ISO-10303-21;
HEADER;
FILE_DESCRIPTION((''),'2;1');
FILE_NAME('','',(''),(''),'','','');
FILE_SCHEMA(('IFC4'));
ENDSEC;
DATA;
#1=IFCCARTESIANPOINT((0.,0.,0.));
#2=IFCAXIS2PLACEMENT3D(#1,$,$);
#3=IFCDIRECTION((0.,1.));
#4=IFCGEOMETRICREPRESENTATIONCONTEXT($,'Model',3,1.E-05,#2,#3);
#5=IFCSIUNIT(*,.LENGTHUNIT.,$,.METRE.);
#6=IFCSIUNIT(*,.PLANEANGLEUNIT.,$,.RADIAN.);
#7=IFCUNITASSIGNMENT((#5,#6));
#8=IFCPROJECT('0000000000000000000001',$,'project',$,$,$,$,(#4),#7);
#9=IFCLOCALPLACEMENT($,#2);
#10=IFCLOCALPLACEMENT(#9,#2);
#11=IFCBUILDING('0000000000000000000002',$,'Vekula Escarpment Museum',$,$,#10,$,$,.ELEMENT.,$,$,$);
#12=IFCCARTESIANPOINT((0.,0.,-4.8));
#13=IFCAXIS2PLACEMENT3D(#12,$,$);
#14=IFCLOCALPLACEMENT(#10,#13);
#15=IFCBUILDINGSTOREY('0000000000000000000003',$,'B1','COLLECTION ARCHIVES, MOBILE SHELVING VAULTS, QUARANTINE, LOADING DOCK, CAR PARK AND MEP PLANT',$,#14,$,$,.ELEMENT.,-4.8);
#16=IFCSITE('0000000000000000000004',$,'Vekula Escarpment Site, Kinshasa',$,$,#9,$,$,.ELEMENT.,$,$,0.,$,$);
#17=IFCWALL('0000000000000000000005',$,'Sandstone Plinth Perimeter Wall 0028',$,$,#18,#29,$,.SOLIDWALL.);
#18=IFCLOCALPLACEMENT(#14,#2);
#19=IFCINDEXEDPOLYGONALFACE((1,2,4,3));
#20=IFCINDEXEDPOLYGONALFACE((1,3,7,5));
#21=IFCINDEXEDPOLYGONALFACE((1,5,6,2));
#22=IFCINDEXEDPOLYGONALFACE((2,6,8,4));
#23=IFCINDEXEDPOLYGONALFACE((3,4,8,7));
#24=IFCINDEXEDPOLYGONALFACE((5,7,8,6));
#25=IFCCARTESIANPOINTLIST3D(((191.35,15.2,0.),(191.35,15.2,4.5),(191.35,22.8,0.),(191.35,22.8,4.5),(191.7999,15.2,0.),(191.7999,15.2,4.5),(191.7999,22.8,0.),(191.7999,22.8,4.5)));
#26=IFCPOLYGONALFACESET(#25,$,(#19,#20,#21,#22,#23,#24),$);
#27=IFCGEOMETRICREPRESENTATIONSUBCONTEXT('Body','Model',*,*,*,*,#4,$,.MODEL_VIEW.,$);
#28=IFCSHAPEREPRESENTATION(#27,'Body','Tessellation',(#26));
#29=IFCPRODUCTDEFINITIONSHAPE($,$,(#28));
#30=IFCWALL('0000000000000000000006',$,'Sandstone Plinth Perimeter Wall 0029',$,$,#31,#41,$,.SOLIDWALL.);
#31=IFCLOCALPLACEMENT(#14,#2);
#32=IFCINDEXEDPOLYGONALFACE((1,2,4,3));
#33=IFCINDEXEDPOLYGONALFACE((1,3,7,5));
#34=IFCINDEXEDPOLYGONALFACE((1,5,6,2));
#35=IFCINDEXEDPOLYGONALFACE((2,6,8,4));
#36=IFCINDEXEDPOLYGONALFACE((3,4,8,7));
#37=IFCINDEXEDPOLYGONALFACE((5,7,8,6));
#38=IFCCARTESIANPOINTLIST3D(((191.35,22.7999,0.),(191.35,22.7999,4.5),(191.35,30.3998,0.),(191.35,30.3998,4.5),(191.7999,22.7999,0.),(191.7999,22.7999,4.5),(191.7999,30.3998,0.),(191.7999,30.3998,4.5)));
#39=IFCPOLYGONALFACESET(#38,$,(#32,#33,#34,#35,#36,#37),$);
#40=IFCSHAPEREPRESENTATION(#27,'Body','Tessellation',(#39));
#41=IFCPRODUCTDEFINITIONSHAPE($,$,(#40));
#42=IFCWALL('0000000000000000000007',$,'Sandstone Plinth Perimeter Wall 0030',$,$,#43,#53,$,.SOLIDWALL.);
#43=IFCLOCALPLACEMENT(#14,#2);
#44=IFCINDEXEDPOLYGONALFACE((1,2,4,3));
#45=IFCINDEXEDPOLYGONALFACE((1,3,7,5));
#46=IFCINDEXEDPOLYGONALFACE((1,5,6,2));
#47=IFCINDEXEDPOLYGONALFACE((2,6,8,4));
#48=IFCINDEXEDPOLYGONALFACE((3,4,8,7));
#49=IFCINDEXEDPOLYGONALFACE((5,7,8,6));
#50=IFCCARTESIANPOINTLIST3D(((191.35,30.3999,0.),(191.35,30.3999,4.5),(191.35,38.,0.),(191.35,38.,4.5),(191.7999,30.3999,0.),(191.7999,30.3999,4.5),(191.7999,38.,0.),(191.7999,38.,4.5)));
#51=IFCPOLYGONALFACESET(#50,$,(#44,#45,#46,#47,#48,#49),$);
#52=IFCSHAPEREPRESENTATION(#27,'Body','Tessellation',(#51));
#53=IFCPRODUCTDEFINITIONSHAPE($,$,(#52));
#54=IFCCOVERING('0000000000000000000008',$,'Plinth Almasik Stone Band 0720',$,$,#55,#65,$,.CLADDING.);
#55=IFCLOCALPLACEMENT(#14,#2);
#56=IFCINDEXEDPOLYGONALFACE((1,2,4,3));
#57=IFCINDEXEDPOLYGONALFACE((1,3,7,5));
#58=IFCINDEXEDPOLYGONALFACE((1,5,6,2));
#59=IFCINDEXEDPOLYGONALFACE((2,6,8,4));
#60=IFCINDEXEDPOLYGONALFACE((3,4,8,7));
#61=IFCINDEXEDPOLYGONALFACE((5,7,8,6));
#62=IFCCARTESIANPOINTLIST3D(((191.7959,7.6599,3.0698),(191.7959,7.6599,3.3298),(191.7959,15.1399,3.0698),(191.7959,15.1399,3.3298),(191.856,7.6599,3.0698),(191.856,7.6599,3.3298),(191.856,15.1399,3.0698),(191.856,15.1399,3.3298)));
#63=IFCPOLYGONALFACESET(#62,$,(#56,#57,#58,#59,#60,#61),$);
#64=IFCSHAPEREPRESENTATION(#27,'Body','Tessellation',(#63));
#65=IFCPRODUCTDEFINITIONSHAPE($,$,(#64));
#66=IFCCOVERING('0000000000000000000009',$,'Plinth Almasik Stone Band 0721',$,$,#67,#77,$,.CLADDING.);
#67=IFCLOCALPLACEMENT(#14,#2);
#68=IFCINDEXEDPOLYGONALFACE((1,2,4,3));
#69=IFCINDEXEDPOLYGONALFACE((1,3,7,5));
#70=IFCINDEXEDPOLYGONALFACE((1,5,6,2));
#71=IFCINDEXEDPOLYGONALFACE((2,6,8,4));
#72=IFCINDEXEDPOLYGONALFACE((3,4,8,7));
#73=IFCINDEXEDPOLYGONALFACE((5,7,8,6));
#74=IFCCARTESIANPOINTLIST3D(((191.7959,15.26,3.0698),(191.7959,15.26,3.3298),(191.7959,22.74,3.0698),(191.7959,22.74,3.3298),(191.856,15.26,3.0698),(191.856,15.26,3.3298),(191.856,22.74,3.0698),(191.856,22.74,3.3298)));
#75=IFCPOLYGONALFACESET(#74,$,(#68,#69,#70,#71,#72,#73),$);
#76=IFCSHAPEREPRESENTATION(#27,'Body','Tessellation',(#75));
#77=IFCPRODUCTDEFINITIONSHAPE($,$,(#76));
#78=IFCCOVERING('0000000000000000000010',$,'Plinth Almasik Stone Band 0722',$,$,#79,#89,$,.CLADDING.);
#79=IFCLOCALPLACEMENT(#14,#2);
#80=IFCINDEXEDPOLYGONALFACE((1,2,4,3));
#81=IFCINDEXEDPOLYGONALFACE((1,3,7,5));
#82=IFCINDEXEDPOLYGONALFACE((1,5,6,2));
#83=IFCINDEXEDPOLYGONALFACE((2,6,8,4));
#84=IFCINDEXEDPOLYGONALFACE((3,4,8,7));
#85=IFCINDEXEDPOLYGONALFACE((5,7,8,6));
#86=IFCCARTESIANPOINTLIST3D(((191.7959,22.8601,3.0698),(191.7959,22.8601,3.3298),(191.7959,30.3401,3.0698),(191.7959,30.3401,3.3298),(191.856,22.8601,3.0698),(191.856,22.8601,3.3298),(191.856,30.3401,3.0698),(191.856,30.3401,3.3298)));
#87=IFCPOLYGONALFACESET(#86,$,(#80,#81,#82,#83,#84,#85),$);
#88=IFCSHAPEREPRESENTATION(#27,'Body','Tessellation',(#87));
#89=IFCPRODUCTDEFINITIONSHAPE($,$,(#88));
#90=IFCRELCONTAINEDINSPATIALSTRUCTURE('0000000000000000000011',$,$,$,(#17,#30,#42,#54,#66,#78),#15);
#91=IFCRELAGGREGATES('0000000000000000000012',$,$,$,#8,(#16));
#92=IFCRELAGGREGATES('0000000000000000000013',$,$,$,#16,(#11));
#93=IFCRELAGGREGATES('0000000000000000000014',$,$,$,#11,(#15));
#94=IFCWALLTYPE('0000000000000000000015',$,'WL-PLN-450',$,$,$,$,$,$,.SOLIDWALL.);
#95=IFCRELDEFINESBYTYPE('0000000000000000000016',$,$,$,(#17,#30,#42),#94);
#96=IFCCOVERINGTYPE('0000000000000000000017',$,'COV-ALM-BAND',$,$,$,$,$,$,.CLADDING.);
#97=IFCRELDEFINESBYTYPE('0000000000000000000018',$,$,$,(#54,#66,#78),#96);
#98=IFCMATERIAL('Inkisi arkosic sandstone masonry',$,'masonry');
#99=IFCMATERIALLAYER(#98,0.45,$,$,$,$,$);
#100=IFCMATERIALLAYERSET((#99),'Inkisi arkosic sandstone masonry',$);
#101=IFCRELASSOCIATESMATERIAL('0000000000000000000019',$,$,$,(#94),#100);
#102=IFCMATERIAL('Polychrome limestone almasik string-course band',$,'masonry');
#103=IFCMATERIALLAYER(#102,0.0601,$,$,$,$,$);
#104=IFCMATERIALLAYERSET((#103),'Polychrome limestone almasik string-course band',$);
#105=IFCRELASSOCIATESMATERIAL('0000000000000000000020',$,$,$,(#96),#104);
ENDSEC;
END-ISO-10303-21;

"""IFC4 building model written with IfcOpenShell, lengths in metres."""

from ifc_helpers import new_model, si_unit, direction, frame, frame_2d, origin, origin_2d, place, context, subcontext, project, spatial, rectangle, extrude, material, layer, layer_set, type_object, element, save


model = new_model("IFC4")

# Units and contexts
model_context = context("Model", 3, precision=1e-05, world=origin(), true_north=direction((0.0, 1.0)))
body_context = subcontext(model_context, "Body", "Model", "MODEL_VIEW")
ifc_project = project(units=[si_unit("LENGTHUNIT", "METRE"), si_unit("PLANEANGLEUNIT", "RADIAN")], contexts=[model_context])

# Site, building, storey
site_placement = place(None, origin())
site = spatial("IfcSite", under=ifc_project, at=site_placement, Name="Vekula Escarpment Site, Kinshasa", CompositionType="ELEMENT", RefElevation=0.0)
building_placement = place(site_placement, origin())
building = spatial("IfcBuilding", under=site, at=building_placement, Name="Vekula Escarpment Museum", CompositionType="ELEMENT")
storey_placement = place(building_placement, frame((0.0, 0.0, -4.8)))
storey = spatial("IfcBuildingStorey", under=building, at=storey_placement, Name="B1", Description="COLLECTION ARCHIVES, MOBILE SHELVING VAULTS, QUARANTINE, LOADING DOCK, CAR PARK AND MEP PLANT", CompositionType="ELEMENT", Elevation=-4.8)

# Walls
ifc_material_1 = material(Name="Inkisi arkosic sandstone masonry", Category="masonry")
ifc_layer_1 = layer(ifc_material_1, 0.45)
ifc_layer_set_1 = layer_set([ifc_layer_1], Name="Inkisi arkosic sandstone masonry")
wall_type = type_object("IfcWallType", Name="WL-PLN-450", PredefinedType="SOLIDWALL", material=ifc_layer_set_1)
wall_1_placement = place(storey_placement, frame((191.575, 15.2, 0.0), z_axis=(0.0, 0.0, 1.0), x_axis=(0.0, 1.0, 0.0)))
element("IfcWall", 1, at=wall_1_placement, inside=storey, type_object=wall_type, Name="Sandstone Plinth Perimeter Wall 0028", PredefinedType="SOLIDWALL", context=body_context, shape_type="SweptSolid", body=[
    extrude(rectangle(XDim=7.6001, YDim=0.45, at=frame_2d((3.8, 0.0))), origin(), (0.0, 0.0, 1.0), 4.5),
])
wall_2_placement = place(storey_placement, frame((191.575, 22.8, 0.0), z_axis=(0.0, 0.0, 1.0), x_axis=(0.0, 1.0, 0.0)))
element("IfcWall", 2, at=wall_2_placement, inside=storey, type_object=wall_type, Name="Sandstone Plinth Perimeter Wall 0029", PredefinedType="SOLIDWALL", context=body_context, shape_type="SweptSolid", body=[
    extrude(rectangle(XDim=7.5999, YDim=0.45, at=frame_2d((3.7998, 0.0))), origin(), (0.0, 0.0, 1.0), 4.5),
])
wall_3_placement = place(storey_placement, frame((191.575, 30.3999, 0.0), z_axis=(0.0, 0.0, 1.0), x_axis=(0.0, 1.0, 0.0)))
element("IfcWall", 3, at=wall_3_placement, inside=storey, type_object=wall_type, Name="Sandstone Plinth Perimeter Wall 0030", PredefinedType="SOLIDWALL", context=body_context, shape_type="SweptSolid", body=[
    extrude(rectangle(XDim=7.6001, YDim=0.45, at=frame_2d((3.8, 0.0))), origin(), (0.0, 0.0, 1.0), 4.5),
])

# Coverings
ifc_material_2 = material(Name="Polychrome limestone almasik string-course band", Category="masonry")
ifc_layer_2 = layer(ifc_material_2, 0.0601)
ifc_layer_set_2 = layer_set([ifc_layer_2], Name="Polychrome limestone almasik string-course band")
covering_type = type_object("IfcCoveringType", Name="COV-ALM-BAND", PredefinedType="CLADDING", material=ifc_layer_set_2)
for number, where, z_axis, x_axis, name in (
    (4, (191.8259, 11.3999, 3.0698), (0.0, 0.0, 1.0), (0.0, 1.0, 0.0), "Plinth Almasik Stone Band 0720"),
    (5, (191.8259, 19.0, 3.0698), (0.0, 0.0, 1.0), (0.0, 1.0, 0.0), "Plinth Almasik Stone Band 0721"),
    (6, (191.8259, 26.6001, 3.0698), (0.0, 0.0, 1.0), (0.0, 1.0, 0.0), "Plinth Almasik Stone Band 0722"),
):
    element("IfcCovering", number, at=place(storey_placement, frame(where, z_axis=z_axis, x_axis=x_axis)), inside=storey, type_object=covering_type, Name=name, PredefinedType="CLADDING", context=body_context, shape_type="SweptSolid", body=[
        extrude(rectangle(XDim=7.48, YDim=0.0601, at=origin_2d()), origin(), (0.0, 0.0, 1.0), 0.26),
    ])

save(model, "model.ifc")
